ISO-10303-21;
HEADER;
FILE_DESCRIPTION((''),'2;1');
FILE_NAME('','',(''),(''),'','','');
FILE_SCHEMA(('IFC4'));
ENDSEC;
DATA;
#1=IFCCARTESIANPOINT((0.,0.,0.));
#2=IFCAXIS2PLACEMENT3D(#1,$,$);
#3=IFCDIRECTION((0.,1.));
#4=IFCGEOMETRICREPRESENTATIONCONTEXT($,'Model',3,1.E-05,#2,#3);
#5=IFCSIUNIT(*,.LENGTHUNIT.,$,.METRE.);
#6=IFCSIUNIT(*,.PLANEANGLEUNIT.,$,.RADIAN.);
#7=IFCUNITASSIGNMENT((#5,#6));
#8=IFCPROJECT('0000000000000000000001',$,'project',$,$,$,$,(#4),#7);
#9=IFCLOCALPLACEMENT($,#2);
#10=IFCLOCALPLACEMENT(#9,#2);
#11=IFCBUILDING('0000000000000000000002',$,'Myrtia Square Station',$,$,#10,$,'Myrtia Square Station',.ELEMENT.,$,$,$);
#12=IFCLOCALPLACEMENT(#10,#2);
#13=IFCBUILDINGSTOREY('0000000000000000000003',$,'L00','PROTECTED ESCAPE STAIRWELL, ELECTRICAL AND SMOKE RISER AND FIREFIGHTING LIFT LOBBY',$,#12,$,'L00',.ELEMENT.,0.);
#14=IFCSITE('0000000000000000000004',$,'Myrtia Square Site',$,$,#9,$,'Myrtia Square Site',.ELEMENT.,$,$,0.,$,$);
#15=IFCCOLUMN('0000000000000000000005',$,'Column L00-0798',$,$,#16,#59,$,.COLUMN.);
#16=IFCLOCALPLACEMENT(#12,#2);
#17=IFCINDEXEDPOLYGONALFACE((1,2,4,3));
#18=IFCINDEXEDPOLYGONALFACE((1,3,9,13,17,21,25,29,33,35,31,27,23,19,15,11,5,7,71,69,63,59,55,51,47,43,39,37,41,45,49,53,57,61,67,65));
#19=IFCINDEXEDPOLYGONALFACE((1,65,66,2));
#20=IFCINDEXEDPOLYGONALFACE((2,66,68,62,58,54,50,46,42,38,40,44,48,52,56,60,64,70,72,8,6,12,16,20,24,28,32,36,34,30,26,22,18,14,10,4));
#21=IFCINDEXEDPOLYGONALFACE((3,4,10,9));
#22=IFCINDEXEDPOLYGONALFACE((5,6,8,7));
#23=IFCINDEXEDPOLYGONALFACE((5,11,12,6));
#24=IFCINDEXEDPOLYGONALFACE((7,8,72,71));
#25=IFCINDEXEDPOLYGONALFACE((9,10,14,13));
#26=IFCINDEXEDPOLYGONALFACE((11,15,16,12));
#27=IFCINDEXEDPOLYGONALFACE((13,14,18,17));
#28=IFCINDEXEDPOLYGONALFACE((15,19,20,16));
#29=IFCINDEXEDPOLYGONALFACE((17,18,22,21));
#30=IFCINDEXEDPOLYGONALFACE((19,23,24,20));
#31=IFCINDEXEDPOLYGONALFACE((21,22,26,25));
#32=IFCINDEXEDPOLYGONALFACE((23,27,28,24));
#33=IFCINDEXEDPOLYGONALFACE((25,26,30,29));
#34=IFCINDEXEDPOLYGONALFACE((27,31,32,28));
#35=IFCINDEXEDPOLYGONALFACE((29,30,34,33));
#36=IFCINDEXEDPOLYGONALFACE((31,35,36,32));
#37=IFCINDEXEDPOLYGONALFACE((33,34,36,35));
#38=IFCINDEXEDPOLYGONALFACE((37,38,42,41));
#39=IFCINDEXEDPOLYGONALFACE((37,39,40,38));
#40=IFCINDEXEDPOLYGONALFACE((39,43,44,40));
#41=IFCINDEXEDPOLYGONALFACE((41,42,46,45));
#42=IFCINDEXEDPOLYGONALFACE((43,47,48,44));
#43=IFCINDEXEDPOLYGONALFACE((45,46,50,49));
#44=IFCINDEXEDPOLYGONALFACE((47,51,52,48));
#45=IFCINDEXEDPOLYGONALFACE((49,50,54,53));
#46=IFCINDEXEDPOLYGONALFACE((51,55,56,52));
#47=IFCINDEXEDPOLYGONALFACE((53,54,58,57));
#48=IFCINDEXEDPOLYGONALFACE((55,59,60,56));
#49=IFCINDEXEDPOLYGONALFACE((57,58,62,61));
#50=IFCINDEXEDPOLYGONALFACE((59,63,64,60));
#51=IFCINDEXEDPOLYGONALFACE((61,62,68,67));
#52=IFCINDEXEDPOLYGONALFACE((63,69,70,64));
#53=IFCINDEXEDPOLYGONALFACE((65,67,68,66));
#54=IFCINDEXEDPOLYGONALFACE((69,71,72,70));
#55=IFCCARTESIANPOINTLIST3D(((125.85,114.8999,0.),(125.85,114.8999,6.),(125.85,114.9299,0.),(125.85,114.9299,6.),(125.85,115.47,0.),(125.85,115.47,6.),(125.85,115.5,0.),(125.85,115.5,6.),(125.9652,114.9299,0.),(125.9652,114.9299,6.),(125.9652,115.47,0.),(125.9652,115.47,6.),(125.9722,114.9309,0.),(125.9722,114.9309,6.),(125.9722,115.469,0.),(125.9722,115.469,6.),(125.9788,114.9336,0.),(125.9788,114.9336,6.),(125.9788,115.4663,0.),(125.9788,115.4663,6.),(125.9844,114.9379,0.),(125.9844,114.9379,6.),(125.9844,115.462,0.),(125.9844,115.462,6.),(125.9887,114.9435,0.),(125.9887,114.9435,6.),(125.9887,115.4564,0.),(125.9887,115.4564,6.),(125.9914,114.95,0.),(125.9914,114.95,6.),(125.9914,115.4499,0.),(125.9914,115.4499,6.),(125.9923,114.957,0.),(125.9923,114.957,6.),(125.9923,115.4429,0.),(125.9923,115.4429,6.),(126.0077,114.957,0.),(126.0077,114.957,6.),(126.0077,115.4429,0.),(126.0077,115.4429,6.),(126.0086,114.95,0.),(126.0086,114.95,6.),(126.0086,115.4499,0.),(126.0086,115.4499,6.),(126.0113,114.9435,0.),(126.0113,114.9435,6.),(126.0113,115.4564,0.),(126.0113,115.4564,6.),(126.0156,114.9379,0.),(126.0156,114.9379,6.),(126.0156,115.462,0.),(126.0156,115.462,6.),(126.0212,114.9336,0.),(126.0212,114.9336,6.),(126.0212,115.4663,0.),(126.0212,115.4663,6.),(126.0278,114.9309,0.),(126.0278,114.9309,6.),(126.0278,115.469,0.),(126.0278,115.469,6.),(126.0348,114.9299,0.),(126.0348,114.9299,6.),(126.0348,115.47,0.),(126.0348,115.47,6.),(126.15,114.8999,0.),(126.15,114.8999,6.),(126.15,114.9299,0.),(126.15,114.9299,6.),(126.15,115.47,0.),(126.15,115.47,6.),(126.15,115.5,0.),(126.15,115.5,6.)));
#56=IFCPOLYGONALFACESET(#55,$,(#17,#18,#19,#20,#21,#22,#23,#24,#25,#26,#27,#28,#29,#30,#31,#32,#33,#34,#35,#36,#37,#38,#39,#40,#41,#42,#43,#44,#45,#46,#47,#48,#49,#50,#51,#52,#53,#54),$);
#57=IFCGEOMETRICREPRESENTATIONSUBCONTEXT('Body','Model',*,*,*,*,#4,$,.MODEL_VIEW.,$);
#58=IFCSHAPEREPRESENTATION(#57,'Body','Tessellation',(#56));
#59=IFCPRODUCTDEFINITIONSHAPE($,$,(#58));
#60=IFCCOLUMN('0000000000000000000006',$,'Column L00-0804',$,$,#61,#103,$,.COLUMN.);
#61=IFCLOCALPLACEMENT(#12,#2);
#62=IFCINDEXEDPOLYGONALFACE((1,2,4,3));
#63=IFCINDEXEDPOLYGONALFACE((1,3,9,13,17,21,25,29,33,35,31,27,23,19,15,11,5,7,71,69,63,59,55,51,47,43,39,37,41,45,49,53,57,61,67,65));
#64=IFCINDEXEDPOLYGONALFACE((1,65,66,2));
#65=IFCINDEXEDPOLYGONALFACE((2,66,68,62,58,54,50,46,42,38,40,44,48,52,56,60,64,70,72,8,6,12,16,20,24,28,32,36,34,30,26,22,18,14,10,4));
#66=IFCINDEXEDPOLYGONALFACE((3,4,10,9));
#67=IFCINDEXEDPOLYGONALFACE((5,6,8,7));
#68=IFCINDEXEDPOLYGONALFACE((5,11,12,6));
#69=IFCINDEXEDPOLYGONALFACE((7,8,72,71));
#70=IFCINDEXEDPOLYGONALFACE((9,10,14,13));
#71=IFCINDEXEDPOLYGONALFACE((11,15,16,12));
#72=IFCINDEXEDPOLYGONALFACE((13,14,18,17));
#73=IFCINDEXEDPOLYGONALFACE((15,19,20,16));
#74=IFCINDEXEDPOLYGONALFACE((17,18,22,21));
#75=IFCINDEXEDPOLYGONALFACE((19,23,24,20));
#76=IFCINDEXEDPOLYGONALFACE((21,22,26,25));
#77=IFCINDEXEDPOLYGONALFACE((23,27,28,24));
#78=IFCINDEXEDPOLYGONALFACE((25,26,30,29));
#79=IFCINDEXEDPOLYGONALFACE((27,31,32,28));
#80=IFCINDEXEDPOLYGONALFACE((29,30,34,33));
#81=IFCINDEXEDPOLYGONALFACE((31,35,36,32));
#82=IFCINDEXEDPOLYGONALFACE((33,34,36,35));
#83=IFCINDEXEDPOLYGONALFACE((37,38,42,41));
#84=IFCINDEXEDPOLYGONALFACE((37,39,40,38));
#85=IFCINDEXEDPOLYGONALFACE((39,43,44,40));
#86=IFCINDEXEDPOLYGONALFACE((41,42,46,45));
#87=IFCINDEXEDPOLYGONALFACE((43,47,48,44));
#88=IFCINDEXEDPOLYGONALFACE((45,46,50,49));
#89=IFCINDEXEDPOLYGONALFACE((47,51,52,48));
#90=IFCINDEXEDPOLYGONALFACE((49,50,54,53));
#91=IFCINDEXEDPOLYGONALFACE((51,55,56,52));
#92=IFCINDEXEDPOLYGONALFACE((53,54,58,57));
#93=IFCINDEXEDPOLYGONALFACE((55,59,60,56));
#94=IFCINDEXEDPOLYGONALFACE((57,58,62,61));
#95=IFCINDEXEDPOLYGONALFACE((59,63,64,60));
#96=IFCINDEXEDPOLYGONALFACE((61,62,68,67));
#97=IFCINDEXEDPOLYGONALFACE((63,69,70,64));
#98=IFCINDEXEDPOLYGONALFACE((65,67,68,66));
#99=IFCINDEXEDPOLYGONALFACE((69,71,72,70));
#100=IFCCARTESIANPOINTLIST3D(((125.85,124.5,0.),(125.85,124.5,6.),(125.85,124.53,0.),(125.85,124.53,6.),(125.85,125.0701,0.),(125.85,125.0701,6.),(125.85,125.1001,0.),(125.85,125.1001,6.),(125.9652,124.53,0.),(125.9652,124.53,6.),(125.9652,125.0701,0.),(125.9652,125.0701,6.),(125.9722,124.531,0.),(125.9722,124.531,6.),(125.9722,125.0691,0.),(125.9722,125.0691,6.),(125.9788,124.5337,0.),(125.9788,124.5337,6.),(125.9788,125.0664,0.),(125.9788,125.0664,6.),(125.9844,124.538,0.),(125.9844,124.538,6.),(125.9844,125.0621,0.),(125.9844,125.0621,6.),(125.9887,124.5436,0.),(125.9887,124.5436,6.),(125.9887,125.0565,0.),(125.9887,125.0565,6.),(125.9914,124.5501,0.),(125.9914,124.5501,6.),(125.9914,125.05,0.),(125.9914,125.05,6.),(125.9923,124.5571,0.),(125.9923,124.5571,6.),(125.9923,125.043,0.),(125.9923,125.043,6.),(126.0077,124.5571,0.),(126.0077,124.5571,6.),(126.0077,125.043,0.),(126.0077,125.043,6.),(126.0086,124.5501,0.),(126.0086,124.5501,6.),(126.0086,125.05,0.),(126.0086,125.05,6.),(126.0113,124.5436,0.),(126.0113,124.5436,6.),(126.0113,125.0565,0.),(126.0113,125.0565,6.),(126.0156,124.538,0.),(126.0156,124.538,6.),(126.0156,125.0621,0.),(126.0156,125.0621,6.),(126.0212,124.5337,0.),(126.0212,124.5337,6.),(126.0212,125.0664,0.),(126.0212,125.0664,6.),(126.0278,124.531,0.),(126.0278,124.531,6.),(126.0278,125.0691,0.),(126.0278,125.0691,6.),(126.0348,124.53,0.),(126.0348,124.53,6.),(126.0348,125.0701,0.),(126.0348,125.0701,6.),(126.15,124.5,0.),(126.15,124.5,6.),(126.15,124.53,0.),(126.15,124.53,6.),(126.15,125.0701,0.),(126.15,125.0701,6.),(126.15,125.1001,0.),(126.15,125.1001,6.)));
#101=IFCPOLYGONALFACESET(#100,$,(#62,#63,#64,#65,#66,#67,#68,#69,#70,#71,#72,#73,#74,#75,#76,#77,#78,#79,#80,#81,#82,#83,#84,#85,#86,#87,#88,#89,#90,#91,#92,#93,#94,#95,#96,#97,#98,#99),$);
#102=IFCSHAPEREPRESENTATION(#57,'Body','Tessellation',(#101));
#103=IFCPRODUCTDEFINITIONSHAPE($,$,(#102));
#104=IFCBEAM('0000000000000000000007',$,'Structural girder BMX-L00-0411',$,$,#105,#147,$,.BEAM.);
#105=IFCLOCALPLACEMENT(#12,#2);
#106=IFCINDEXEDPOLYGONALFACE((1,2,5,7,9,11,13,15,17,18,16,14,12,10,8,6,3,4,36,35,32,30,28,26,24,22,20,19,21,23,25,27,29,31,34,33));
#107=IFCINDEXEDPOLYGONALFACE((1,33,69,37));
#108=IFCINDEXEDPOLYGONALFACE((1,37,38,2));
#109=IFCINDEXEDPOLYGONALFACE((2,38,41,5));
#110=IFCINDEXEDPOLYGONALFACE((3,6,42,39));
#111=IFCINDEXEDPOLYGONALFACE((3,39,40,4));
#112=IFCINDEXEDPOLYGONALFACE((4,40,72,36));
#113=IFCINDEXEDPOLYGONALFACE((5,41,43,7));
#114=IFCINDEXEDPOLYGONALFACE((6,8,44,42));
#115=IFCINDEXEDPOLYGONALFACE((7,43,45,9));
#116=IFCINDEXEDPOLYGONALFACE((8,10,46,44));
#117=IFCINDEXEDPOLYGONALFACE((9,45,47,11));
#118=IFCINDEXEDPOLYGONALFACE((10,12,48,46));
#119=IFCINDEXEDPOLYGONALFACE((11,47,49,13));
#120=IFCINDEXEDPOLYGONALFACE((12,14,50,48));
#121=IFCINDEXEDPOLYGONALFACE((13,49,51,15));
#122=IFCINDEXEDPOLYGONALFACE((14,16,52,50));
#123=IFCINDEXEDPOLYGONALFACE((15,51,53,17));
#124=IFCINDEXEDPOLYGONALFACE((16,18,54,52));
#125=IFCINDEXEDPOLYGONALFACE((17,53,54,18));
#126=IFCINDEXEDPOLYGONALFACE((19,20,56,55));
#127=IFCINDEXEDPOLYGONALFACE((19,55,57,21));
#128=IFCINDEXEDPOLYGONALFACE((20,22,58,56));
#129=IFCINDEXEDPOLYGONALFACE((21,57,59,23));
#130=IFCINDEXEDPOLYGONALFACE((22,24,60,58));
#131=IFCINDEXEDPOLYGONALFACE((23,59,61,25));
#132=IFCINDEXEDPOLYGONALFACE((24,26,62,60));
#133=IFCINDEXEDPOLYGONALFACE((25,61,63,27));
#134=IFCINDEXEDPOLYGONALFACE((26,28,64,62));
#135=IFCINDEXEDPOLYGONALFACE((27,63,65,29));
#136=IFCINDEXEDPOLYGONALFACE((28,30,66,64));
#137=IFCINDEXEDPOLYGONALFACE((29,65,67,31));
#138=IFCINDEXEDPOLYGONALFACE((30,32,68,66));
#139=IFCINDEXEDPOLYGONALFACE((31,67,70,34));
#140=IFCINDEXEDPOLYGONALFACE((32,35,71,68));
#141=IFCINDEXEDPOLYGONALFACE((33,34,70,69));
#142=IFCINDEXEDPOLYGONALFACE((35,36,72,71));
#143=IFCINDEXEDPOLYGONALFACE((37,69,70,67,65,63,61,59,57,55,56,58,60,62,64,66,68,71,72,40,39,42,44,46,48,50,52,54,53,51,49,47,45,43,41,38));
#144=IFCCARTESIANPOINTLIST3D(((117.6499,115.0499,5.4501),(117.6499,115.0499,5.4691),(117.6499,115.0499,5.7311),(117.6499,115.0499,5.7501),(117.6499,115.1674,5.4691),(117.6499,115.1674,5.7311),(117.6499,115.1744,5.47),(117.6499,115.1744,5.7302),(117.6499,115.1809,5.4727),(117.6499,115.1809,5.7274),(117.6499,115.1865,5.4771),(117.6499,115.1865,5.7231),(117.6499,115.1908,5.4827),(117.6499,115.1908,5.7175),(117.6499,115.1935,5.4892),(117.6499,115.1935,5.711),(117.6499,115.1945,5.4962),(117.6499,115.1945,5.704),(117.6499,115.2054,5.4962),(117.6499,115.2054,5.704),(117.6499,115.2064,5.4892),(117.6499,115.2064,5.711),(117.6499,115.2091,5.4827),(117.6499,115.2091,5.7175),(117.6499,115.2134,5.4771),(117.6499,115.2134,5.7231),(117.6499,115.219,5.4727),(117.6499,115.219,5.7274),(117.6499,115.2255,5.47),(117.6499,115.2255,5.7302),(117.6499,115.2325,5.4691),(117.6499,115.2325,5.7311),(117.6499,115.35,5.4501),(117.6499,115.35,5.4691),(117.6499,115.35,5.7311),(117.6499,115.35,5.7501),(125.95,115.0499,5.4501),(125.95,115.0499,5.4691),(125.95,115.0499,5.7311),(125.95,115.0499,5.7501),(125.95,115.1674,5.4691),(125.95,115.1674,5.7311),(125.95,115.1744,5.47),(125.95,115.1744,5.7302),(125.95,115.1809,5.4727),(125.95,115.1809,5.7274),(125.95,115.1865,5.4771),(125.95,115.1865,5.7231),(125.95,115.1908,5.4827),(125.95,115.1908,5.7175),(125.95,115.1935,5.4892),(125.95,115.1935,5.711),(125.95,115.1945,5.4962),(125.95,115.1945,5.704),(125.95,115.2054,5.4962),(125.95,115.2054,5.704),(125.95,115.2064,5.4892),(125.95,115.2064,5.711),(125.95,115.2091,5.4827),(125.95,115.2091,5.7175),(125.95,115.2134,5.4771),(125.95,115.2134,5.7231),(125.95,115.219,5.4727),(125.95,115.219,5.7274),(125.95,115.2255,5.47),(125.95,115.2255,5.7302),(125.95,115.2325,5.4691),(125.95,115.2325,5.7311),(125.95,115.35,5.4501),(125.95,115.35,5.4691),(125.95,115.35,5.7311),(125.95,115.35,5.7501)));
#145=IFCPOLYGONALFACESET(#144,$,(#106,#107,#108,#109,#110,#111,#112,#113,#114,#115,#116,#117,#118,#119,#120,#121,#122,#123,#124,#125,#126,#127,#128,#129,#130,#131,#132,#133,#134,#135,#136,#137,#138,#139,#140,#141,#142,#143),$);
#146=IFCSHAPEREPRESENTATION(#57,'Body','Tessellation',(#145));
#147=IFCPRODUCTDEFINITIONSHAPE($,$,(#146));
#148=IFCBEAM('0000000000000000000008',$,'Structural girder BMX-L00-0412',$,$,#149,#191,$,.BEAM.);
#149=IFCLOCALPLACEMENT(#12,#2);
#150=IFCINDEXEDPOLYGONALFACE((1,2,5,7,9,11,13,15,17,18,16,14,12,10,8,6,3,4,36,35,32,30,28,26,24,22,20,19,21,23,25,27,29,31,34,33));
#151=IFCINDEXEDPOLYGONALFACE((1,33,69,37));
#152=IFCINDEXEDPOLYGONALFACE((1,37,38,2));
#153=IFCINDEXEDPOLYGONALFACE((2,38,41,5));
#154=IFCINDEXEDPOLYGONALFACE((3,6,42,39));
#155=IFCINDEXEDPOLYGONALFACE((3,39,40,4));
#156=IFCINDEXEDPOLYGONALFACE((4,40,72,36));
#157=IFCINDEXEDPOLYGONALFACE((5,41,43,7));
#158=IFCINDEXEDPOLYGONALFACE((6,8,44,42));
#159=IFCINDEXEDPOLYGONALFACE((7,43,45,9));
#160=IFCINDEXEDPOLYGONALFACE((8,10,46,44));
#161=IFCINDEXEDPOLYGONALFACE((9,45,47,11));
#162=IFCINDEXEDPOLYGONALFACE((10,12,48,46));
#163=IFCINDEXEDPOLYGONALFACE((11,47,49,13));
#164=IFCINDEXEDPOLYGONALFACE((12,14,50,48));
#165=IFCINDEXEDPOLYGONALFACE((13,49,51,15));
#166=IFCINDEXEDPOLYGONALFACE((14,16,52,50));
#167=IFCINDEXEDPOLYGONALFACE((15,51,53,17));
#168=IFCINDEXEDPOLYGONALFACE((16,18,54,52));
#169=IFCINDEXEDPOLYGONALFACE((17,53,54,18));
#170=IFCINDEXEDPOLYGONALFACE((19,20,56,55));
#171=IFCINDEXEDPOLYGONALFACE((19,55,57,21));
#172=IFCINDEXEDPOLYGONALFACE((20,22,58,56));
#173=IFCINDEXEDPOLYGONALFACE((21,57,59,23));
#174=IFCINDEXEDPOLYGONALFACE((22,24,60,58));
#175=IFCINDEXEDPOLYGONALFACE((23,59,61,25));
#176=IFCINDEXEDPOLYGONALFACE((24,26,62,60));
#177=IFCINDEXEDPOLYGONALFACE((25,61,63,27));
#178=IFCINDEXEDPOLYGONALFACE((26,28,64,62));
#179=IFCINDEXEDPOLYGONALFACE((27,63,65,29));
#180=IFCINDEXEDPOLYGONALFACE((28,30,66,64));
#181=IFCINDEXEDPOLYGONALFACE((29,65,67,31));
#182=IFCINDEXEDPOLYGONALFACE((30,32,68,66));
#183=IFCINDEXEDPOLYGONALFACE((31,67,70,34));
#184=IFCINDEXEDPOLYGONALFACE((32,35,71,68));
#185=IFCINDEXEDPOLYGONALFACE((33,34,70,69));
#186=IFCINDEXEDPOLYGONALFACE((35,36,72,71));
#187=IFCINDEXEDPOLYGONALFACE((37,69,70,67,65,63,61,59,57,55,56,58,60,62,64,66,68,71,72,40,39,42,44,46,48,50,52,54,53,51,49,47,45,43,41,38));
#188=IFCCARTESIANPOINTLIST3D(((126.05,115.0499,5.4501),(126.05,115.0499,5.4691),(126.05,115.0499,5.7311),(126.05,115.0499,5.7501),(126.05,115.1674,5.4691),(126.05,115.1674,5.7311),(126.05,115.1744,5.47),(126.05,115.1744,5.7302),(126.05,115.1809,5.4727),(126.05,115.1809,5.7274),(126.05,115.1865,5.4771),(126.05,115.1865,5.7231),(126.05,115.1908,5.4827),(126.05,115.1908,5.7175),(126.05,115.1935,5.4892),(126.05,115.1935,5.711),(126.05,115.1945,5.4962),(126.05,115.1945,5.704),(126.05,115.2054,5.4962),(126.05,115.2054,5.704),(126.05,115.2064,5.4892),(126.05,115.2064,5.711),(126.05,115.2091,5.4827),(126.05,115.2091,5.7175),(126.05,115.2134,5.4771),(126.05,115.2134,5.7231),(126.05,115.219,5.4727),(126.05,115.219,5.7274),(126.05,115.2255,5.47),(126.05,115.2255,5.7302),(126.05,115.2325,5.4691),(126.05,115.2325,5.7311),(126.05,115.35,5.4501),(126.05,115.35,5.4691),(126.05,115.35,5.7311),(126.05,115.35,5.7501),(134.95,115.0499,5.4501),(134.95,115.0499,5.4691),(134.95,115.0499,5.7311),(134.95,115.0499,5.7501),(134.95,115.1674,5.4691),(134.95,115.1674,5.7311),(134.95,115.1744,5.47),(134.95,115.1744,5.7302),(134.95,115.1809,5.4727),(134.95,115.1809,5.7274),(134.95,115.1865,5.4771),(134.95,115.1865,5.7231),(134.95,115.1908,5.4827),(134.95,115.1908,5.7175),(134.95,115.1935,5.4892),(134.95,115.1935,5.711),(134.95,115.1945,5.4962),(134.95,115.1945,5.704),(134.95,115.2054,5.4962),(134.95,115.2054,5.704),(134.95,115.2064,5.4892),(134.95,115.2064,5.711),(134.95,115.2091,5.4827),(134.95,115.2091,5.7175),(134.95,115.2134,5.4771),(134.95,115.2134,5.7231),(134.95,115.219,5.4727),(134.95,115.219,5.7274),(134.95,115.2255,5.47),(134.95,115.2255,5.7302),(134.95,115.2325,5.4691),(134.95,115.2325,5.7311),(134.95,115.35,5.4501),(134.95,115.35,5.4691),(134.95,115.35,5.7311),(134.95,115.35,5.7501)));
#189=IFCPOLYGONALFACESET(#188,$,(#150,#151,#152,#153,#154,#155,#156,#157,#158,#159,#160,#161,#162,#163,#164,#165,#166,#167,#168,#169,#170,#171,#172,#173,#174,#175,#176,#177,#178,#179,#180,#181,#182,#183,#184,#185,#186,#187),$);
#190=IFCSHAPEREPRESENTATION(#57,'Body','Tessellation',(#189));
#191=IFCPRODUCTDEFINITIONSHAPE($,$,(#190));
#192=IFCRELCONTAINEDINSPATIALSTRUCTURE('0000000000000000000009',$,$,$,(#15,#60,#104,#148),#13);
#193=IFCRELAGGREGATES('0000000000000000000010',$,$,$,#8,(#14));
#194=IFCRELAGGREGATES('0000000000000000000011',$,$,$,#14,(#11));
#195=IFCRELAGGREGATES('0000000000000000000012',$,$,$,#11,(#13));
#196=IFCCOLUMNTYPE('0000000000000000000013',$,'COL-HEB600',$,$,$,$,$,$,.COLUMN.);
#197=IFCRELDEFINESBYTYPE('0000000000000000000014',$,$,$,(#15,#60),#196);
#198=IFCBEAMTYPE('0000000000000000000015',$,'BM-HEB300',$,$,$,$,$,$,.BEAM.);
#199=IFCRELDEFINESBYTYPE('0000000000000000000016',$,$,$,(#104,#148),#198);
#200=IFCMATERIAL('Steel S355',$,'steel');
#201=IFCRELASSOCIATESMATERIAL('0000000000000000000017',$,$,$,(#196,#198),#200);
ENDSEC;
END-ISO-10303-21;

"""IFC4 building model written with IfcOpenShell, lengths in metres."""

from ifc_helpers import new_model, si_unit, direction, frame, origin, origin_2d, place, context, subcontext, project, spatial, i_section, extrude, material, material_profile, profile_set, type_object, element, save


model = new_model("IFC4")

# Units and contexts
model_context = context("Model", 3, precision=1e-05, world=origin(), true_north=direction((0.0, 1.0)))
body_context = subcontext(model_context, "Body", "Model", "MODEL_VIEW")
ifc_project = project(units=[si_unit("LENGTHUNIT", "METRE"), si_unit("PLANEANGLEUNIT", "RADIAN")], contexts=[model_context])

# Site, building, storey
site_placement = place(None, origin())
site = spatial("IfcSite", under=ifc_project, at=site_placement, Name="Myrtia Square Site", LongName="Myrtia Square Site", CompositionType="ELEMENT", RefElevation=0.0)
building_placement = place(site_placement, origin())
building = spatial("IfcBuilding", under=site, at=building_placement, Name="Myrtia Square Station", LongName="Myrtia Square Station", CompositionType="ELEMENT")
storey_placement = place(building_placement, origin())
storey = spatial("IfcBuildingStorey", under=building, at=storey_placement, Name="L00", Description="PROTECTED ESCAPE STAIRWELL, ELECTRICAL AND SMOKE RISER AND FIREFIGHTING LIFT LOBBY", LongName="L00", CompositionType="ELEMENT", Elevation=0.0)

# Columns
ifc_material_1 = material(Name="Steel S355", Category="steel")
ifc_material_profile_1 = material_profile(ifc_material_1, i_section(OverallWidth=0.3, OverallDepth=0.6001, WebThickness=0.0154, FlangeThickness=0.03, FilletRadius=0.0271, at=origin_2d()), Name="HEB 600")
ifc_profile_set_1 = profile_set([ifc_material_profile_1], Name="Steel S355")
column_type = type_object("IfcColumnType", Name="COL-HEB600", PredefinedType="COLUMN", material=ifc_profile_set_1)
for number, where, z_axis, x_axis, name in (
    (1, (126.0, 115.2, 0.0), (0.0, 0.0, 1.0), (1.0, 0.0, 0.0), "Column L00-0798"),
    (2, (126.0, 124.8, 0.0), (0.0, 0.0, 1.0), (1.0, 0.0, 0.0), "Column L00-0804"),
):
    element("IfcColumn", number, at=place(storey_placement, frame(where, z_axis=z_axis, x_axis=x_axis)), inside=storey, type_object=column_type, Name=name, PredefinedType="COLUMN", context=body_context, shape_type="SweptSolid", body=[
        extrude(i_section(OverallWidth=0.3, OverallDepth=0.6001, WebThickness=0.0154, FlangeThickness=0.03, FilletRadius=0.0271, at=origin_2d()), origin(), (0.0, 0.0, 1.0), 6.0),
    ])

# Beams
ifc_material_profile_2 = material_profile(ifc_material_1, i_section(OverallWidth=0.3, OverallDepth=0.3, WebThickness=0.011, FlangeThickness=0.019, FilletRadius=0.0271, at=origin_2d()), Name="HEB 300")
ifc_profile_set_2 = profile_set([ifc_material_profile_2], Name="Steel S355")
beam_type_1 = type_object("IfcBeamType", Name="BM-HEB300", PredefinedType="BEAM", material=ifc_profile_set_2)
beam_1_placement = place(storey_placement, frame((117.6499, 115.2, 5.6001), z_axis=(1.0, 0.0, 0.0), x_axis=(0.0, 1.0, 0.0)))
element("IfcBeam", 3, at=beam_1_placement, inside=storey, type_object=beam_type_1, Name="Structural girder BMX-L00-0411", PredefinedType="BEAM", context=body_context, shape_type="SweptSolid", body=[
    extrude(i_section(OverallWidth=0.3, OverallDepth=0.3, WebThickness=0.011, FlangeThickness=0.019, FilletRadius=0.0271, at=origin_2d()), origin(), (0.0, 0.0, 1.0), 8.3),
])
beam_2_placement = place(storey_placement, frame((126.05, 115.2, 5.6001), z_axis=(1.0, 0.0, 0.0), x_axis=(0.0, 1.0, 0.0)))
element("IfcBeam", 4, at=beam_2_placement, inside=storey, type_object=beam_type_1, Name="Structural girder BMX-L00-0412", PredefinedType="BEAM", context=body_context, shape_type="SweptSolid", body=[
    extrude(i_section(OverallWidth=0.3, OverallDepth=0.3, WebThickness=0.011, FlangeThickness=0.019, FilletRadius=0.0271, at=origin_2d()), origin(), (0.0, 0.0, 1.0), 8.8999),
])

save(model, "model.ifc")
